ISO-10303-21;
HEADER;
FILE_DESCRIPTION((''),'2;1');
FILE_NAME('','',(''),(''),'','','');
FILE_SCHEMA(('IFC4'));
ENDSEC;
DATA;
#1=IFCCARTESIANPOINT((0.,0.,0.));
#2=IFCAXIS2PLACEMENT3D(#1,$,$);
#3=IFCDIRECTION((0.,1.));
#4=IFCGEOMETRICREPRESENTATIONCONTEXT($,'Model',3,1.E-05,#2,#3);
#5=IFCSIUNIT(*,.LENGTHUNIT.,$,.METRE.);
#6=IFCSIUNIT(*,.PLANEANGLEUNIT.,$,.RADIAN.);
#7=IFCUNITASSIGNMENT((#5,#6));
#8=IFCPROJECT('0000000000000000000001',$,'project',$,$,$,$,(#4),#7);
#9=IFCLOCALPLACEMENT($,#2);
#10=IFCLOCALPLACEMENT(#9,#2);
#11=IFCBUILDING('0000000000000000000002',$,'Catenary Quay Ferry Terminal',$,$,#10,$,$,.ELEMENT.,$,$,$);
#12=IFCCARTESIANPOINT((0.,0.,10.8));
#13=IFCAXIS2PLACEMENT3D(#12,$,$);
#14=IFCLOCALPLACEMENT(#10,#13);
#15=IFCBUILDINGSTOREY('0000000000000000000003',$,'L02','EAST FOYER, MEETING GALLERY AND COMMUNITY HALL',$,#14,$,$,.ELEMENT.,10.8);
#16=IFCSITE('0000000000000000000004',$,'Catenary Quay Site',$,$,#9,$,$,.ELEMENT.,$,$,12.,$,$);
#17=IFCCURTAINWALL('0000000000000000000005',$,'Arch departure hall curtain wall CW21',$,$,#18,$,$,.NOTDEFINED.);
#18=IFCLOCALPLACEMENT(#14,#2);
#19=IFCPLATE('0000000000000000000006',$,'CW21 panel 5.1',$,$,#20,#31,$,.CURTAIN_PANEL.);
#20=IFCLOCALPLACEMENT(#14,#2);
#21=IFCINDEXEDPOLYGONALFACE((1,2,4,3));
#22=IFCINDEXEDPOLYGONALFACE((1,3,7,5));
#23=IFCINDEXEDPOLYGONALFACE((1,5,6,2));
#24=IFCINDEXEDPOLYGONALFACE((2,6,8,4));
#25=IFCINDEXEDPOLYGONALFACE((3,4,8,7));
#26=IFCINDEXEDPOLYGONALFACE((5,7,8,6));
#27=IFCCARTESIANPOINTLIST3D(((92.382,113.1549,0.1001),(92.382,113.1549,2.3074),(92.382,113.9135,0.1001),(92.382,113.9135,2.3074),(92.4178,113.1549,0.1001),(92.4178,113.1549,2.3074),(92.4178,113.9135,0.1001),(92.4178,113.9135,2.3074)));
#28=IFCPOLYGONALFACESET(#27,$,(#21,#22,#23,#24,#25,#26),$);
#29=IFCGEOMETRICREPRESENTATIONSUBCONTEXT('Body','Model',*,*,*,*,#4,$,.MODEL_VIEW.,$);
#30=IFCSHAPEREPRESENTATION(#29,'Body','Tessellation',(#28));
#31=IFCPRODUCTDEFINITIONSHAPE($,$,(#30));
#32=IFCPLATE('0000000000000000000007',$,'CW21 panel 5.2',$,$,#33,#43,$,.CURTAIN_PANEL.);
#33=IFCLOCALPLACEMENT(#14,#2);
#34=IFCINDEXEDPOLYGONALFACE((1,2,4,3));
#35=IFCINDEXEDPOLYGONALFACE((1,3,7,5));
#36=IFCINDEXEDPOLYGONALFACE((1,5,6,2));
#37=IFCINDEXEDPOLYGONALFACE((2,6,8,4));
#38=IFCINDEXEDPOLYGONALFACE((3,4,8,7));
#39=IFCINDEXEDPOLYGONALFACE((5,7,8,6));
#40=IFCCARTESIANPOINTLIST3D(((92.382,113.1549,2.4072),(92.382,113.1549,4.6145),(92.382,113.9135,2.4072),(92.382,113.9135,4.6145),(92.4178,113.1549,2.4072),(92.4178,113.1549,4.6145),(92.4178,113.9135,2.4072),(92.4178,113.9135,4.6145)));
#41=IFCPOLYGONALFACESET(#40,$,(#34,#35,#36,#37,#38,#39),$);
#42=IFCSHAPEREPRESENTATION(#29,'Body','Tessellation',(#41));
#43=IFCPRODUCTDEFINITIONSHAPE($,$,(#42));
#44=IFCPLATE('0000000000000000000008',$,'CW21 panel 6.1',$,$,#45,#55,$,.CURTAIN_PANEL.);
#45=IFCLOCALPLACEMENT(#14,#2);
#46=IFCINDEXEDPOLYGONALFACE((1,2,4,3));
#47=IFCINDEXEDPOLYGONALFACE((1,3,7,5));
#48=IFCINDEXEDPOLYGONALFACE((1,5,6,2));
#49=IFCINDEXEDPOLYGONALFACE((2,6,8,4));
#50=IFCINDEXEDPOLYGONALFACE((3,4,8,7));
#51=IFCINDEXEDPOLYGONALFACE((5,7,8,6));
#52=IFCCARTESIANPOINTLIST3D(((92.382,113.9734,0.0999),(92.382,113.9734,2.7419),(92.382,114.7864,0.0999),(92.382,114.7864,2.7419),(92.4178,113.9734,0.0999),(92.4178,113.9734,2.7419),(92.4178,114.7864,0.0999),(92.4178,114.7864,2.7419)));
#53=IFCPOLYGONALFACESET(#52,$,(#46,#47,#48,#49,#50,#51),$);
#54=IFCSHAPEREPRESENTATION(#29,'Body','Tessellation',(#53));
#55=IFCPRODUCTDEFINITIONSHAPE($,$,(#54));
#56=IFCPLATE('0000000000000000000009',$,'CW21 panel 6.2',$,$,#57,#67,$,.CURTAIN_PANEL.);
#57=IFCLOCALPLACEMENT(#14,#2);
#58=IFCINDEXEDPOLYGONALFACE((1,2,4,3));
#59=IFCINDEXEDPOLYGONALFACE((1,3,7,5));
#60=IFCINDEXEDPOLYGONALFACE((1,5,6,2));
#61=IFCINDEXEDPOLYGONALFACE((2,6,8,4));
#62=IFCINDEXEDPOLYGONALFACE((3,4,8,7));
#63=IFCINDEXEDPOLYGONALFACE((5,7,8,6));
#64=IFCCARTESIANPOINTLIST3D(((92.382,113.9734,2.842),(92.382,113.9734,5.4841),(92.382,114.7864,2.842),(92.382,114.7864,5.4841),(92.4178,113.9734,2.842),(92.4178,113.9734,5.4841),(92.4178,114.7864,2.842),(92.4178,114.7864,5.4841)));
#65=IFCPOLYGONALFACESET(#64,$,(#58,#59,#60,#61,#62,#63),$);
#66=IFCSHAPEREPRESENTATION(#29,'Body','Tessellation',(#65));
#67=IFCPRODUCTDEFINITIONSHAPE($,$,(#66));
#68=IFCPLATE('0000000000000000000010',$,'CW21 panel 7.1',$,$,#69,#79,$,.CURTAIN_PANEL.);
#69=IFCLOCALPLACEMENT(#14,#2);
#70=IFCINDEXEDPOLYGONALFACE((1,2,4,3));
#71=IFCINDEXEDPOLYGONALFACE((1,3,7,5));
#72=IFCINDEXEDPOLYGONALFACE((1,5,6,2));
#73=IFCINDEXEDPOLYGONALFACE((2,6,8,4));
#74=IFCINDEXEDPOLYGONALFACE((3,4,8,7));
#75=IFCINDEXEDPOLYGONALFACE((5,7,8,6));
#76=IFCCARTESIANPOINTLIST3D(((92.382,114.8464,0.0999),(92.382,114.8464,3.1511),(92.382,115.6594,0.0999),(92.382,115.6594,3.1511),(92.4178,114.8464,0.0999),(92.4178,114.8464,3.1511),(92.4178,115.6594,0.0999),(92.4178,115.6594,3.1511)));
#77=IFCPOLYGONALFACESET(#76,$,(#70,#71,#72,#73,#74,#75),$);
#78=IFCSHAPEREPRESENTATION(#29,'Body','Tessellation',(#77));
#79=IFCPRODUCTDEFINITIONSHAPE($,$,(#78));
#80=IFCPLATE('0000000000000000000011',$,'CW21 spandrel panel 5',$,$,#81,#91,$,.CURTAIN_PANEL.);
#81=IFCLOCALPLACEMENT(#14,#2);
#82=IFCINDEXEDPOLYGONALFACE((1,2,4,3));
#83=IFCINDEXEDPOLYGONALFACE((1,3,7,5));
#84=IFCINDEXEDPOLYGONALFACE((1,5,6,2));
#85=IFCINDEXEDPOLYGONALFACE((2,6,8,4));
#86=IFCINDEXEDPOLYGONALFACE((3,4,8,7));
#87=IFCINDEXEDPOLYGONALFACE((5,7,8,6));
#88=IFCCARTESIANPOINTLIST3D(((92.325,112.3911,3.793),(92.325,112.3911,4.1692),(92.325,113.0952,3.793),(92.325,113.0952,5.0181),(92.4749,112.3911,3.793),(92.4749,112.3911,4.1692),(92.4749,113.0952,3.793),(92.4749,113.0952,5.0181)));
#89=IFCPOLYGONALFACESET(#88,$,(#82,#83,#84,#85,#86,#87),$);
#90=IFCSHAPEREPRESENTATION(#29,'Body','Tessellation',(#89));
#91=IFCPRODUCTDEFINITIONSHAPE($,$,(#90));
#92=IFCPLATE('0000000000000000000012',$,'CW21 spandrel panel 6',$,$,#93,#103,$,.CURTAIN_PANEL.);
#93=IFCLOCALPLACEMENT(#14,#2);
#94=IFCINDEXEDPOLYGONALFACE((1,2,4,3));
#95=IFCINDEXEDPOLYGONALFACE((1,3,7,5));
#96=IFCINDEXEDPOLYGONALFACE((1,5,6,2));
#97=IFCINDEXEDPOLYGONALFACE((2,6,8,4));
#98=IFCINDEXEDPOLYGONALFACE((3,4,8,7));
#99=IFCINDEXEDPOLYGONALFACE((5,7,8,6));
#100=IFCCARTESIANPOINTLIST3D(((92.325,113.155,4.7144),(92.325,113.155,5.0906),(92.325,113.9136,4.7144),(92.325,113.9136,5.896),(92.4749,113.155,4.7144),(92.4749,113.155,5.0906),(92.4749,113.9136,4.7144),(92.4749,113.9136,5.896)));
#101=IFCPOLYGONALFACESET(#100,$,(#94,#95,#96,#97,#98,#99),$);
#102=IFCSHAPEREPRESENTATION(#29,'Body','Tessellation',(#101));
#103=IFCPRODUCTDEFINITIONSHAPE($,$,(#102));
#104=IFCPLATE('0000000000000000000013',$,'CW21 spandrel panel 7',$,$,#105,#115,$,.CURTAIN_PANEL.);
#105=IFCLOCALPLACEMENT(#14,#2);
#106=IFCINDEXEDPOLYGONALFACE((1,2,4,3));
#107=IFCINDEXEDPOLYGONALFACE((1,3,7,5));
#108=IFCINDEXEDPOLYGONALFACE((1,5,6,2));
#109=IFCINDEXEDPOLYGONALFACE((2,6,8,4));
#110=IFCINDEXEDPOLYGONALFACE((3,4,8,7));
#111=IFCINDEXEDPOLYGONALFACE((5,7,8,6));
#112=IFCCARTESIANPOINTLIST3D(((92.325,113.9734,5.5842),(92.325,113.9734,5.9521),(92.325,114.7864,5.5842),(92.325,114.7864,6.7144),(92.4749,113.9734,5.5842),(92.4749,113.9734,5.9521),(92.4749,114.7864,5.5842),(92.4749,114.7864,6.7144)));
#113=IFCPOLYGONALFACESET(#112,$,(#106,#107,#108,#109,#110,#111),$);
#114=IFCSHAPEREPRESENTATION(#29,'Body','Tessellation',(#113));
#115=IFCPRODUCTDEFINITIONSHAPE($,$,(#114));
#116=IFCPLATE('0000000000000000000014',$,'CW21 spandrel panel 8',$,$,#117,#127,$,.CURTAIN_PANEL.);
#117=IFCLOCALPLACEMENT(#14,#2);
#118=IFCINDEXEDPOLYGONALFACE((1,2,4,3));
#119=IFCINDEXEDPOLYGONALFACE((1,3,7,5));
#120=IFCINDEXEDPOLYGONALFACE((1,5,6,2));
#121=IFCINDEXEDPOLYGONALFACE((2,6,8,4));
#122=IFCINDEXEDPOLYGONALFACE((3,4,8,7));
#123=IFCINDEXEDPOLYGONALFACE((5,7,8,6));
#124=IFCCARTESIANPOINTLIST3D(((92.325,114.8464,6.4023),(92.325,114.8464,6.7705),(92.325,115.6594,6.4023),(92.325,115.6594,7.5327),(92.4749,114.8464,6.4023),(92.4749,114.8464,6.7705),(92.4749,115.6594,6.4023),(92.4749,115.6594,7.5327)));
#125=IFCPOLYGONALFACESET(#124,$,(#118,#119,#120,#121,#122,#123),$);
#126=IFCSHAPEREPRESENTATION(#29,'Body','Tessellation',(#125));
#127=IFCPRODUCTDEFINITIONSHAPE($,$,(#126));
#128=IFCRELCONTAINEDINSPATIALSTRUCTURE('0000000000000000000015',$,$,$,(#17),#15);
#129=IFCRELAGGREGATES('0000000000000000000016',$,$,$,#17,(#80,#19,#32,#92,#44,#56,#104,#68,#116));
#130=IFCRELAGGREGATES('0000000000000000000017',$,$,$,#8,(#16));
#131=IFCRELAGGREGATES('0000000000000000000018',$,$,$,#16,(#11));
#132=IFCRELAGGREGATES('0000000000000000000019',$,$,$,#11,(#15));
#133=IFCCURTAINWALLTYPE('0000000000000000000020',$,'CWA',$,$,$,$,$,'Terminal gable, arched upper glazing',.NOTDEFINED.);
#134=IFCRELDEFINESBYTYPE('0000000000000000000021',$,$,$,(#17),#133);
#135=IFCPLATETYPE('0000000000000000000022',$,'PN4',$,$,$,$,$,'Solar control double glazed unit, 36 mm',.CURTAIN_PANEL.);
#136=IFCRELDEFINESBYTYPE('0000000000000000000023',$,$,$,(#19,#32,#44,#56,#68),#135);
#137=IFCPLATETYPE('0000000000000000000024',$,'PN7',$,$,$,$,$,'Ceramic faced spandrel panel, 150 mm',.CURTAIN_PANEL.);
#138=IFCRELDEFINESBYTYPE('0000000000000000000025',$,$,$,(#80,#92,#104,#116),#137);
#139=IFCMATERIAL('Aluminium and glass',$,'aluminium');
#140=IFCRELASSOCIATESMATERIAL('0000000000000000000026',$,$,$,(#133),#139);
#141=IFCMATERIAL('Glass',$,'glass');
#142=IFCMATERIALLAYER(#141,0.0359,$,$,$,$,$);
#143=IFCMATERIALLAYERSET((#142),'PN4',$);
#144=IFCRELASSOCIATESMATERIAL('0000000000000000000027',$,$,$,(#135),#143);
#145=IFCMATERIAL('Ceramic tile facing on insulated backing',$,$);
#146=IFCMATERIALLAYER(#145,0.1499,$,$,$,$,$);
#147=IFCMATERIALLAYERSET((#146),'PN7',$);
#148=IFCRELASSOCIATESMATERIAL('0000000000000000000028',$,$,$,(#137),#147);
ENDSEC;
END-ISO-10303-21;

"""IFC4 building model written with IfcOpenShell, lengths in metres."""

from ifc_helpers import new_model, si_unit, direction, frame, origin, origin_2d, place, context, subcontext, project, spatial, polyline, rectangle, outline, extrude, material, layer, layer_set, type_object, element, aggregate, save


model = new_model("IFC4")

# Units and contexts
model_context = context("Model", 3, precision=1e-05, world=origin(), true_north=direction((0.0, 1.0)))
body_context = subcontext(model_context, "Body", "Model", "MODEL_VIEW")
ifc_project = project(units=[si_unit("LENGTHUNIT", "METRE"), si_unit("PLANEANGLEUNIT", "RADIAN")], contexts=[model_context])

# Site, building, storey
site_placement = place(None, origin())
site = spatial("IfcSite", under=ifc_project, at=site_placement, Name="Catenary Quay Site", CompositionType="ELEMENT", RefElevation=12.0)
building_placement = place(site_placement, origin())
building = spatial("IfcBuilding", under=site, at=building_placement, Name="Catenary Quay Ferry Terminal", CompositionType="ELEMENT")
storey_placement = place(building_placement, frame((0.0, 0.0, 10.8)))
storey = spatial("IfcBuildingStorey", under=building, at=storey_placement, Name="L02", Description="EAST FOYER, MEETING GALLERY AND COMMUNITY HALL", CompositionType="ELEMENT", Elevation=10.8)

# Curtain wall
ifc_material_1 = material(Name="Aluminium and glass", Category="aluminium")
curtain_wall_type = type_object("IfcCurtainWallType", Name="CWA", ElementType="Terminal gable, arched upper glazing", PredefinedType="NOTDEFINED", material=ifc_material_1)
curtain_wall_placement = place(storey_placement, origin())
curtain_wall = element("IfcCurtainWall", 1, at=curtain_wall_placement, inside=storey, type_object=curtain_wall_type, Name="Arch departure hall curtain wall CW21", PredefinedType="NOTDEFINED")

# Plates
ifc_material_2 = material(Name="Glass", Category="glass")
ifc_layer_1 = layer(ifc_material_2, 0.0359)
ifc_layer_set_1 = layer_set([ifc_layer_1], Name="PN4")
plate_type_1 = type_object("IfcPlateType", Name="PN4", ElementType="Solar control double glazed unit, 36 mm", PredefinedType="CURTAIN_PANEL", material=ifc_layer_set_1)
plate_1_placement = place(storey_placement, frame((92.3999, 113.5342, 0.1001), z_axis=(0.0, 0.0, 1.0), x_axis=(0.0, 1.0, 0.0)))
plate_1 = element("IfcPlate", 2, at=plate_1_placement, type_object=plate_type_1, Name="CW21 panel 5.1", PredefinedType="CURTAIN_PANEL", context=body_context, shape_type="SweptSolid", body=[
    extrude(rectangle(XDim=0.7585, YDim=0.0359, at=origin_2d()), origin(), (0.0, 0.0, 1.0), 2.2073),
])
plate_2_placement = place(storey_placement, frame((92.3999, 113.5342, 2.4072), z_axis=(0.0, 0.0, 1.0), x_axis=(0.0, 1.0, 0.0)))
plate_2 = element("IfcPlate", 3, at=plate_2_placement, type_object=plate_type_1, Name="CW21 panel 5.2", PredefinedType="CURTAIN_PANEL", context=body_context, shape_type="SweptSolid", body=[
    extrude(rectangle(XDim=0.7585, YDim=0.0359, at=origin_2d()), origin(), (0.0, 0.0, 1.0), 2.2073),
])
plate_3_placement = place(storey_placement, frame((92.3999, 114.3799, 0.0999), z_axis=(0.0, 0.0, 1.0), x_axis=(0.0, 1.0, 0.0)))
plate_3 = element("IfcPlate", 4, at=plate_3_placement, type_object=plate_type_1, Name="CW21 panel 6.1", PredefinedType="CURTAIN_PANEL", context=body_context, shape_type="SweptSolid", body=[
    extrude(rectangle(XDim=0.813, YDim=0.0359, at=origin_2d()), origin(), (0.0, 0.0, 1.0), 2.6421),
])
plate_4_placement = place(storey_placement, frame((92.3999, 114.3799, 2.842), z_axis=(0.0, 0.0, 1.0), x_axis=(0.0, 1.0, 0.0)))
plate_4 = element("IfcPlate", 5, at=plate_4_placement, type_object=plate_type_1, Name="CW21 panel 6.2", PredefinedType="CURTAIN_PANEL", context=body_context, shape_type="SweptSolid", body=[
    extrude(rectangle(XDim=0.813, YDim=0.0359, at=origin_2d()), origin(), (0.0, 0.0, 1.0), 2.6421),
])
plate_5_placement = place(storey_placement, frame((92.3999, 115.2529, 0.0999), z_axis=(0.0, 0.0, 1.0), x_axis=(0.0, 1.0, 0.0)))
plate_5 = element("IfcPlate", 6, at=plate_5_placement, type_object=plate_type_1, Name="CW21 panel 7.1", PredefinedType="CURTAIN_PANEL", context=body_context, shape_type="SweptSolid", body=[
    extrude(rectangle(XDim=0.813, YDim=0.0359, at=origin_2d()), origin(), (0.0, 0.0, 1.0), 3.0513),
])
ifc_material_3 = material(Name="Ceramic tile facing on insulated backing")
ifc_layer_2 = layer(ifc_material_3, 0.1499)
ifc_layer_set_2 = layer_set([ifc_layer_2], Name="PN7")
plate_type_2 = type_object("IfcPlateType", Name="PN7", ElementType="Ceramic faced spandrel panel, 150 mm", PredefinedType="CURTAIN_PANEL", material=ifc_layer_set_2)
plate_6_placement = place(storey_placement, frame((92.3999, 112.3911, 3.793), z_axis=(0.0, 0.0, 1.0), x_axis=(0.0, 1.0, 0.0)))
plate_6 = element("IfcPlate", 7, at=plate_6_placement, type_object=plate_type_2, Name="CW21 spandrel panel 5", PredefinedType="CURTAIN_PANEL", context=body_context, shape_type="SweptSolid", body=[
    extrude(outline(polyline([(0.0, 0.0), (0.7041, 0.0), (0.7041, 1.2251), (0.0, 0.3762), (0.0, 0.0)])), frame((0.0, 0.075, 0.0), z_axis=(0.0, -1.0, 0.0), x_axis=(1.0, 0.0, 0.0)), (0.0, 0.0, 1.0), 0.1499),
])
plate_7_placement = place(storey_placement, frame((92.3999, 113.155, 4.7144), z_axis=(0.0, 0.0, 1.0), x_axis=(0.0, 1.0, 0.0)))
plate_7 = element("IfcPlate", 8, at=plate_7_placement, type_object=plate_type_2, Name="CW21 spandrel panel 6", PredefinedType="CURTAIN_PANEL", context=body_context, shape_type="SweptSolid", body=[
    extrude(outline(polyline([(0.0, 0.0), (0.7585, 0.0), (0.7585, 1.1816), (0.0, 0.3762), (0.0, 0.0)])), frame((0.0, 0.075, 0.0), z_axis=(0.0, -1.0, 0.0), x_axis=(1.0, 0.0, 0.0)), (0.0, 0.0, 1.0), 0.1499),
])
plate_8_placement = place(storey_placement, frame((92.3999, 113.9734, 5.5842), z_axis=(0.0, 0.0, 1.0), x_axis=(0.0, 1.0, 0.0)))
plate_8 = element("IfcPlate", 9, at=plate_8_placement, type_object=plate_type_2, Name="CW21 spandrel panel 7", PredefinedType="CURTAIN_PANEL", context=body_context, shape_type="SweptSolid", body=[
    extrude(outline(polyline([(0.0, 0.0), (0.813, 0.0), (0.813, 1.1301), (0.0, 0.3679), (0.0, 0.0)])), frame((0.0, 0.075, 0.0), z_axis=(0.0, -1.0, 0.0), x_axis=(1.0, 0.0, 0.0)), (0.0, 0.0, 1.0), 0.1499),
])
plate_9_placement = place(storey_placement, frame((92.3999, 114.8464, 6.4023), z_axis=(0.0, 0.0, 1.0), x_axis=(0.0, 1.0, 0.0)))
plate_9 = element("IfcPlate", 10, at=plate_9_placement, type_object=plate_type_2, Name="CW21 spandrel panel 8", PredefinedType="CURTAIN_PANEL", context=body_context, shape_type="SweptSolid", body=[
    extrude(outline(polyline([(0.0, 0.0), (0.813, 0.0), (0.813, 1.1304), (0.0, 0.3682), (0.0, 0.0)])), frame((0.0, 0.075, 0.0), z_axis=(0.0, -1.0, 0.0), x_axis=(1.0, 0.0, 0.0)), (0.0, 0.0, 1.0), 0.1499),
])
aggregate(curtain_wall, [plate_6, plate_1, plate_2, plate_7, plate_3, plate_4, plate_8, plate_5, plate_9])

save(model, "model.ifc")
